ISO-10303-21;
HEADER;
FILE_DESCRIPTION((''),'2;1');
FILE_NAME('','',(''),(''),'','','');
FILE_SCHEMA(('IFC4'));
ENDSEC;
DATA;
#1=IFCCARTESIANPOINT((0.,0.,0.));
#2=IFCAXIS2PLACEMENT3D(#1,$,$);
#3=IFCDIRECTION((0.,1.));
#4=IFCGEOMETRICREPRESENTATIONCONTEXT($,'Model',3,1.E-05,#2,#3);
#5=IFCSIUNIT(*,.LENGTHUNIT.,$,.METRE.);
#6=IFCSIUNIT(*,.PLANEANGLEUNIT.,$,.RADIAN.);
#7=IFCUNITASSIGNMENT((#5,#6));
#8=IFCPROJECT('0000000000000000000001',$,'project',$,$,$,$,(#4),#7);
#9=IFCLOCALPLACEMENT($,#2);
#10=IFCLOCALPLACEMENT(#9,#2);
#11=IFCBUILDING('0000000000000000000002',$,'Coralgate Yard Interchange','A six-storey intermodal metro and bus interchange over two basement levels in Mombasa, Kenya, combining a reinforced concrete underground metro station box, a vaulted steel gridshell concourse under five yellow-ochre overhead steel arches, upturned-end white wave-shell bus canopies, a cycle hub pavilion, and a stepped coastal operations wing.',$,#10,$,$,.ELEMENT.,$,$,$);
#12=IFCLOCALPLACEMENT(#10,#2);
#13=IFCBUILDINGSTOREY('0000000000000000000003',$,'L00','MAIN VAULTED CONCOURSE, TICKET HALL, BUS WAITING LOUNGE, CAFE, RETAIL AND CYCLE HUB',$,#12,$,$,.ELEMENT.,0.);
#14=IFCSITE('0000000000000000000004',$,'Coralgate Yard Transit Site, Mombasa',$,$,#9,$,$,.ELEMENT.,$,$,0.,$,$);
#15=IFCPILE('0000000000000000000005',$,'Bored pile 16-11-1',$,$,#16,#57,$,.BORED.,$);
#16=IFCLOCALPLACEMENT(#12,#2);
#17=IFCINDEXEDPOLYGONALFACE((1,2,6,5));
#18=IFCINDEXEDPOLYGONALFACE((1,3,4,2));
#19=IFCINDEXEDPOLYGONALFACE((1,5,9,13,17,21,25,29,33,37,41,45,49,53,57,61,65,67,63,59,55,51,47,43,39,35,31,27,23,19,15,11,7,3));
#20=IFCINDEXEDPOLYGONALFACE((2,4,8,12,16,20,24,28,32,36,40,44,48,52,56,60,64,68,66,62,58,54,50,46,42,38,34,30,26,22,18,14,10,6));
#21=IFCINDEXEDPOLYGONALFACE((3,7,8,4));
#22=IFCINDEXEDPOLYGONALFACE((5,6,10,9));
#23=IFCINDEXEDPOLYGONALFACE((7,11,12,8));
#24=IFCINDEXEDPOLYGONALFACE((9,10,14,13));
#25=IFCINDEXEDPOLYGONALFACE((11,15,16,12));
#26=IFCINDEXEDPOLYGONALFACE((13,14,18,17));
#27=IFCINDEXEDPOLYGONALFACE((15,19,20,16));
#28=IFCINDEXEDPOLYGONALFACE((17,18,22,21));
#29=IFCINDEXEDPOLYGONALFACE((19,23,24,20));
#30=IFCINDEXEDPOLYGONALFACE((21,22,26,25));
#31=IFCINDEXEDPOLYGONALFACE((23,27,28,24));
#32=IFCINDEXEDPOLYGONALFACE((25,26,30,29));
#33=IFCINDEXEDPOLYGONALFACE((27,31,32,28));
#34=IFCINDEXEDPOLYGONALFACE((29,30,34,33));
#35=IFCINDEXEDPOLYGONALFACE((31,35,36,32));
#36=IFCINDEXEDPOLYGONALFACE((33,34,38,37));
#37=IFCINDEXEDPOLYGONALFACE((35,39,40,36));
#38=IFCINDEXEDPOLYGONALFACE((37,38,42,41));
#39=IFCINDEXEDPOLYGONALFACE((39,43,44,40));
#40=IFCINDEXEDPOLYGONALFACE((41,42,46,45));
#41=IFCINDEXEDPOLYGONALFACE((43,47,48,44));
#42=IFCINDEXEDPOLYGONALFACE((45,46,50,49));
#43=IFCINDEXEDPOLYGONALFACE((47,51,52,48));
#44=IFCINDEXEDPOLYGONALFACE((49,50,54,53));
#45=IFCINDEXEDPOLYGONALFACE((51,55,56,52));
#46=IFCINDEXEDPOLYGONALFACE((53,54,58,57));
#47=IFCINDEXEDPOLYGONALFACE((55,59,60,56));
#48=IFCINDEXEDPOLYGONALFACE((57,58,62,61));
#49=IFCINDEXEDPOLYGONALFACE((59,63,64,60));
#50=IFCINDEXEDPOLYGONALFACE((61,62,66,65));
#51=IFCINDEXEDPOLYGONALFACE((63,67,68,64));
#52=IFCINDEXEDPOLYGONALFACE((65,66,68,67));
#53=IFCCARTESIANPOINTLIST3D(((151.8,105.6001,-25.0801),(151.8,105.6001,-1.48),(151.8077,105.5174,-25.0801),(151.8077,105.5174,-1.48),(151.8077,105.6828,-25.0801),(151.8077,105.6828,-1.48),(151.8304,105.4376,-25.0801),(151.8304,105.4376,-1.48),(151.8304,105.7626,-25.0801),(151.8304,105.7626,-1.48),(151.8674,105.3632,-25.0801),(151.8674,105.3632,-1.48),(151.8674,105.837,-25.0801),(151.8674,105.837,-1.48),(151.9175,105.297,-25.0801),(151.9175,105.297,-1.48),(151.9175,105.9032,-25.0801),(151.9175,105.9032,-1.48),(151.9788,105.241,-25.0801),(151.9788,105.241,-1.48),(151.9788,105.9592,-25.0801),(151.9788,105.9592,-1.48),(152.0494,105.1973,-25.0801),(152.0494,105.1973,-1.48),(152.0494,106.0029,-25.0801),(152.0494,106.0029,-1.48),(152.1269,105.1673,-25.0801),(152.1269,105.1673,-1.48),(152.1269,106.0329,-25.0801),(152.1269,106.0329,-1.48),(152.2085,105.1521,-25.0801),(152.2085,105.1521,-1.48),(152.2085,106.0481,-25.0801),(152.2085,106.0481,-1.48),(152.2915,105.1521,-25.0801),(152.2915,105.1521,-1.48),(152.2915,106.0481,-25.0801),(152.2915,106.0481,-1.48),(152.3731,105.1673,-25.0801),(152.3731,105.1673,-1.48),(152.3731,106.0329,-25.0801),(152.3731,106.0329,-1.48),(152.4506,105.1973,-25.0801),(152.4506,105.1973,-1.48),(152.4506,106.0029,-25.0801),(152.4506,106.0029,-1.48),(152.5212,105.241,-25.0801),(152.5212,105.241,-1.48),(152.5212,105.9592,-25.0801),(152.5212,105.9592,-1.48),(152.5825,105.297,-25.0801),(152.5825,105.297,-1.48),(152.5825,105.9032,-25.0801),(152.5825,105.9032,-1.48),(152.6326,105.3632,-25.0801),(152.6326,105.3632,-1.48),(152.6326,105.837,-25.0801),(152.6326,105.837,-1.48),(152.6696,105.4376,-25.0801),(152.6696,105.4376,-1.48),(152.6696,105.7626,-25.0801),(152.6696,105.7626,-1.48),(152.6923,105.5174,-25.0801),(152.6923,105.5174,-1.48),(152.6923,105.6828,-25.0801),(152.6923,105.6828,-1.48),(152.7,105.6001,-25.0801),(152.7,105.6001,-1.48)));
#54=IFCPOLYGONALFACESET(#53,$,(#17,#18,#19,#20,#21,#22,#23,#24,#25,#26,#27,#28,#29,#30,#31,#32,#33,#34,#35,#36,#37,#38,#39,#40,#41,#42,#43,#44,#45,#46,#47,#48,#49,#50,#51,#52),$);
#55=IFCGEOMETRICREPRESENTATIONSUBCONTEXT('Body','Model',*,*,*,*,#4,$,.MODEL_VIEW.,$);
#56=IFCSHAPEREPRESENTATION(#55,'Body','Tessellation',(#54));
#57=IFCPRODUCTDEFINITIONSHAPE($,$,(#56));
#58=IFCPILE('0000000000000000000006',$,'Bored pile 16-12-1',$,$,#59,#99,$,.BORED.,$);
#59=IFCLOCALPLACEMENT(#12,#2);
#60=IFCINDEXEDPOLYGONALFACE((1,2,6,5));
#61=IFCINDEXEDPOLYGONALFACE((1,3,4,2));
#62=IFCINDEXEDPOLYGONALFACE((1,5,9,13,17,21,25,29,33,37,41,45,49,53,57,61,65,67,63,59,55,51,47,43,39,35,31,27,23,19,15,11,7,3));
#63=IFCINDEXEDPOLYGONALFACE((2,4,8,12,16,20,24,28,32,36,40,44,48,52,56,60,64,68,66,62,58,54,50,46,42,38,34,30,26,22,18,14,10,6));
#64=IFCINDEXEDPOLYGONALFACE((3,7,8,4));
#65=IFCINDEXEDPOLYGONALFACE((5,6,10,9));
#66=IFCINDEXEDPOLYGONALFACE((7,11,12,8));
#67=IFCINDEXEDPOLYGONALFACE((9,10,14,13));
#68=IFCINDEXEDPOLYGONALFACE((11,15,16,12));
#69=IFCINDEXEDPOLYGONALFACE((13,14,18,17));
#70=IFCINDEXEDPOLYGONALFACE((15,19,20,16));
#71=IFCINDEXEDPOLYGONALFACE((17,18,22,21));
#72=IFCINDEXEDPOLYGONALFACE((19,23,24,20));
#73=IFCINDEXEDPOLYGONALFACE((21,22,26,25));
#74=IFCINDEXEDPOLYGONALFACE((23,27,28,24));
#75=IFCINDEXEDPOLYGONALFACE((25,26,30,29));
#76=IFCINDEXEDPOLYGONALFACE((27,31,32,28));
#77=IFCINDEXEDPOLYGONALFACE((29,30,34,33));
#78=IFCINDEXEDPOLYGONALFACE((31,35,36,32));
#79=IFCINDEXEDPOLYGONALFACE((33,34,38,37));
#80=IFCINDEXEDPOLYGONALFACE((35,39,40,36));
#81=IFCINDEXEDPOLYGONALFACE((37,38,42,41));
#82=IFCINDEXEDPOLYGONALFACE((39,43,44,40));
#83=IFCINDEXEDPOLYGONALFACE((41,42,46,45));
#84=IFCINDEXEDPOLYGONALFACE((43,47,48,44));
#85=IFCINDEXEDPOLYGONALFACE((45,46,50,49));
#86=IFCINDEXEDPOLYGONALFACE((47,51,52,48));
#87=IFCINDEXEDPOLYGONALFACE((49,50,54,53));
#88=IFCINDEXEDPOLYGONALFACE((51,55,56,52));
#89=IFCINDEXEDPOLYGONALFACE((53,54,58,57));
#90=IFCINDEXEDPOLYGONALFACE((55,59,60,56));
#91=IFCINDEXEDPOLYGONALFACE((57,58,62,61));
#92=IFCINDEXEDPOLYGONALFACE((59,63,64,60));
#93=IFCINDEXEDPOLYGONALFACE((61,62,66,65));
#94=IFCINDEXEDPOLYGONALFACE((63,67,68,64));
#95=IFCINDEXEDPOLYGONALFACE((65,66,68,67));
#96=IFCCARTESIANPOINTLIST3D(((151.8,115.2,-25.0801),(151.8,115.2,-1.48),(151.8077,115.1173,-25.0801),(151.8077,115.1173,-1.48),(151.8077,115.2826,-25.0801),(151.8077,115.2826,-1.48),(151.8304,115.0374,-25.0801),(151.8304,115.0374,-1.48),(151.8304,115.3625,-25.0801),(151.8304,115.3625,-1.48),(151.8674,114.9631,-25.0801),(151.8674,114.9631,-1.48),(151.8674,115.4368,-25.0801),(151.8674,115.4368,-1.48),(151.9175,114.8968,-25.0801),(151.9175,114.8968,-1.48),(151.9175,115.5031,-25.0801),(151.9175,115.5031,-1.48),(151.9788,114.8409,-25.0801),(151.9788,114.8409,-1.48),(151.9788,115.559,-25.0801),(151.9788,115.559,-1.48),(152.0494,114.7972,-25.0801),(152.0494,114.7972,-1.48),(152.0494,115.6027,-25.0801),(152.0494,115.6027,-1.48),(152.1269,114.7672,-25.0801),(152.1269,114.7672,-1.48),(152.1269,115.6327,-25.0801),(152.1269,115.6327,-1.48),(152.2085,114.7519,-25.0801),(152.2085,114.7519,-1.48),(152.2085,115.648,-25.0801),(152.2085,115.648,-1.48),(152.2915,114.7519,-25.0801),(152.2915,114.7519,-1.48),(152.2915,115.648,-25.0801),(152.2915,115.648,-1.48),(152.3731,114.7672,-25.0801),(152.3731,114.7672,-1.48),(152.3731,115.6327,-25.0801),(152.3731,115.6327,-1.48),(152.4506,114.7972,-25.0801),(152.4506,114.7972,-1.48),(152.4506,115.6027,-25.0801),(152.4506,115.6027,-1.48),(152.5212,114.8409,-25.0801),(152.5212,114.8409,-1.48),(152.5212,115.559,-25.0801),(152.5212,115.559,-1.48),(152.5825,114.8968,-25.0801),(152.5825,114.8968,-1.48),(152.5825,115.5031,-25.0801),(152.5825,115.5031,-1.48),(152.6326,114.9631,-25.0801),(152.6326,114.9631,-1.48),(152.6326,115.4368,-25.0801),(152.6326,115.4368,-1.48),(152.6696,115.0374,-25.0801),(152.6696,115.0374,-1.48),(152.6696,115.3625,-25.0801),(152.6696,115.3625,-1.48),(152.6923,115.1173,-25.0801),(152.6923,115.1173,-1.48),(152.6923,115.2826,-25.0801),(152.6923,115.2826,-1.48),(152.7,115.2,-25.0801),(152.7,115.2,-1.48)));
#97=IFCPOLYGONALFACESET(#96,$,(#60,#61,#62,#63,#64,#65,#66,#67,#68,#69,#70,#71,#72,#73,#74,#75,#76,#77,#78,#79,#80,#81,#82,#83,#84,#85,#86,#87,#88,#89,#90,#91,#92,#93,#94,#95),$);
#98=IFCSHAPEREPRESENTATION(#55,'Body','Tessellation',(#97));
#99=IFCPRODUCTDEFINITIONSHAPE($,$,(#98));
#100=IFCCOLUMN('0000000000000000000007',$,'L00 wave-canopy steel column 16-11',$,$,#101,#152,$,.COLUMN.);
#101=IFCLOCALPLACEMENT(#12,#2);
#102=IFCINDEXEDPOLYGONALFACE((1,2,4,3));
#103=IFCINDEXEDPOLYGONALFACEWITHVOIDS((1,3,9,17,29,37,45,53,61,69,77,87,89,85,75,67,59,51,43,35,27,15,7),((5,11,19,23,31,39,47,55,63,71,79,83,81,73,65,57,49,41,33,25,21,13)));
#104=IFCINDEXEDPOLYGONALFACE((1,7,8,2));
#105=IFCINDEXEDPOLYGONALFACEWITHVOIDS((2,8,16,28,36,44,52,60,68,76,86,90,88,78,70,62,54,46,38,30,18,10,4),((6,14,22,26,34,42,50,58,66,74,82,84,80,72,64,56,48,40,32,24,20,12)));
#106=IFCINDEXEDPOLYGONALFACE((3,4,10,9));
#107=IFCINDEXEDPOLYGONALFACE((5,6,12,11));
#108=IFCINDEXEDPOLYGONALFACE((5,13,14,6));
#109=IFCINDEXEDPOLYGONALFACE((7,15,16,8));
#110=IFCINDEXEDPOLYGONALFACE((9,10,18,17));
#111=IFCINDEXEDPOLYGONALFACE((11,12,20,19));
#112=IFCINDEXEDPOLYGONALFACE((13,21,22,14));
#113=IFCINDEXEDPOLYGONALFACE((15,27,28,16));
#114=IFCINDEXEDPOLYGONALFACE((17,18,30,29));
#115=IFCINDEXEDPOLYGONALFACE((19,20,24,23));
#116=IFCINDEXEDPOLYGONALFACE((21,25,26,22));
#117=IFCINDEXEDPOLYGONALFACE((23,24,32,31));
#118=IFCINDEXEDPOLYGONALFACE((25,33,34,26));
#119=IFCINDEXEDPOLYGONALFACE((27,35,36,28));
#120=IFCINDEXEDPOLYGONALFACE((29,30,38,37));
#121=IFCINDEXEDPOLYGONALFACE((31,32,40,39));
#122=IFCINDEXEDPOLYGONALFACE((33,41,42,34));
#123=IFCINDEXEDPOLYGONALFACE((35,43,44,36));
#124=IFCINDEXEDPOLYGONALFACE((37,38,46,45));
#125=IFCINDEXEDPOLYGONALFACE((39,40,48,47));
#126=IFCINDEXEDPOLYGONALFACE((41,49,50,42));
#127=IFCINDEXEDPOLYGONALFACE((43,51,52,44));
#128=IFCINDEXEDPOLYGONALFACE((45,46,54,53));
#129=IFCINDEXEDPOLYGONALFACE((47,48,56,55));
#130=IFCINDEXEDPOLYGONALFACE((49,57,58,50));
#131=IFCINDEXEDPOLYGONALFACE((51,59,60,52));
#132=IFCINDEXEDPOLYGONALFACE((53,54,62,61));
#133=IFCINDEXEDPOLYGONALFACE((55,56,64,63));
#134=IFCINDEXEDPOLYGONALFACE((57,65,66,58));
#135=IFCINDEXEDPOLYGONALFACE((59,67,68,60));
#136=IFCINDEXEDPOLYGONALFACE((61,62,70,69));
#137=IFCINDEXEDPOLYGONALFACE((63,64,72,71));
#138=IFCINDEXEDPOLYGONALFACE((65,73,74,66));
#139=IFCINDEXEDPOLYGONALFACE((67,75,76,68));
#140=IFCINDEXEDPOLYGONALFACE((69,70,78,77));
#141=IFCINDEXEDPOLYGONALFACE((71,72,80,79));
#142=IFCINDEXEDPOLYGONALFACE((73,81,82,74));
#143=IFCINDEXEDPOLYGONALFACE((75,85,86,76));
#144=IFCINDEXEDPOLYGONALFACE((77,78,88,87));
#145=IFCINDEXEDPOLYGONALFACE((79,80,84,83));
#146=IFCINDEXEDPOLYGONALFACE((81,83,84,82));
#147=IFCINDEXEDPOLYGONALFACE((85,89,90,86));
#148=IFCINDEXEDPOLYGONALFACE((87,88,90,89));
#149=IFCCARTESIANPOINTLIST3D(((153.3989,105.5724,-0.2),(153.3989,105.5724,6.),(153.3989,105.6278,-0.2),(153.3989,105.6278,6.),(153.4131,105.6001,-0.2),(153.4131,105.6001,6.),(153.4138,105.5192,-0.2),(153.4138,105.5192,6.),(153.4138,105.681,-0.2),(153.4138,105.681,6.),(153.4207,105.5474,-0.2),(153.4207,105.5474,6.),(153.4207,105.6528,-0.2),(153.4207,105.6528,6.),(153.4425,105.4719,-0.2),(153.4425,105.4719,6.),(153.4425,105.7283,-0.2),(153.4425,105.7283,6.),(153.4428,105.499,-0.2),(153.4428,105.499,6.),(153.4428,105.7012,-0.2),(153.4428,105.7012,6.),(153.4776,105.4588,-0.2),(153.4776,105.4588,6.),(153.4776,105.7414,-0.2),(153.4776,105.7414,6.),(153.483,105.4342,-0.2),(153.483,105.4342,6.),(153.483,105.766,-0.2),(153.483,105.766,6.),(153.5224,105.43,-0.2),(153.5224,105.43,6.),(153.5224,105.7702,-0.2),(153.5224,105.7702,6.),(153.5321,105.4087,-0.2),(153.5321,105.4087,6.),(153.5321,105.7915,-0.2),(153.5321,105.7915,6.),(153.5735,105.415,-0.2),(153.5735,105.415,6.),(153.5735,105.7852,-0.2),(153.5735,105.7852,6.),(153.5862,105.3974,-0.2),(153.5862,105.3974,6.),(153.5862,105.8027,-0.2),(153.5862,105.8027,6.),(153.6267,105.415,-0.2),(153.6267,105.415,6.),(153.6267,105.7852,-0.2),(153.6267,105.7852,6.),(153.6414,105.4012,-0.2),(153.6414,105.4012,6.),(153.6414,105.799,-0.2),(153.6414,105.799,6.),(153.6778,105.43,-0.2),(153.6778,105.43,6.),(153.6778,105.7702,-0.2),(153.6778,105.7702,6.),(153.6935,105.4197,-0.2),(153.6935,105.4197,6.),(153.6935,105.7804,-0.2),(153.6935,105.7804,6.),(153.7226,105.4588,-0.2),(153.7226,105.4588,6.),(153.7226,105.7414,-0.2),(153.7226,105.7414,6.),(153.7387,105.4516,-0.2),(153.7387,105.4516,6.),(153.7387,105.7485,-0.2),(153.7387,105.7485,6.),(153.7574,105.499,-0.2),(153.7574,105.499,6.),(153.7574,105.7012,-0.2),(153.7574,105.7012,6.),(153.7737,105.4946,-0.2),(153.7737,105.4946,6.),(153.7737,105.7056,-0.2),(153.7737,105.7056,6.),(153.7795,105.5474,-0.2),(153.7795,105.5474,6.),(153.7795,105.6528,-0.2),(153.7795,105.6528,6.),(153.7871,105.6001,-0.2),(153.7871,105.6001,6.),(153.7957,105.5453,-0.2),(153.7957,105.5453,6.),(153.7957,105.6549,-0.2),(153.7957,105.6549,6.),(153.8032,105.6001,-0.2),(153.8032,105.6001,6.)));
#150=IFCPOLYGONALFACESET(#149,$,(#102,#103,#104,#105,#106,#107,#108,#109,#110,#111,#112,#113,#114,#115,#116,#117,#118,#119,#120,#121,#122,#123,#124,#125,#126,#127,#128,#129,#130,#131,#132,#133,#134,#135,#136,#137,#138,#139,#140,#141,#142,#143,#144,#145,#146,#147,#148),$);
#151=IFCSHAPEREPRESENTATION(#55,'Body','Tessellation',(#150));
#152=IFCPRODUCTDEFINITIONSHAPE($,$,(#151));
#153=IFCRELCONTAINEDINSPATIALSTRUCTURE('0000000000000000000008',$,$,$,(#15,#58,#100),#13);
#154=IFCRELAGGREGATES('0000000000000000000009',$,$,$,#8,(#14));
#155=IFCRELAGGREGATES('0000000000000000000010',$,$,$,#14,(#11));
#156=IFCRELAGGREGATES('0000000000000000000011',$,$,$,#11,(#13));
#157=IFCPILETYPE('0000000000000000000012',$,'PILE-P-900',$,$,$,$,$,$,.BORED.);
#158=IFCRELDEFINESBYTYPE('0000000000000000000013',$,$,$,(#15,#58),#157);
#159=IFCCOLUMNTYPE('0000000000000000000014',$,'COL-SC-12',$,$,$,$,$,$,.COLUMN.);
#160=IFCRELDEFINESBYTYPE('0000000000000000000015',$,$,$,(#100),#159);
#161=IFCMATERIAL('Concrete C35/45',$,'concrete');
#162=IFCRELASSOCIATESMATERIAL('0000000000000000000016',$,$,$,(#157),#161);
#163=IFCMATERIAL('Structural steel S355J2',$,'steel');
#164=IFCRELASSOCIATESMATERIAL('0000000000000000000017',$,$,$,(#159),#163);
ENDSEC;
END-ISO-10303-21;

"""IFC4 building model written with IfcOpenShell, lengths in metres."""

from ifc_helpers import new_model, si_unit, direction, frame, origin, origin_2d, place, context, subcontext, project, spatial, circle, hollow_circle, extrude, material, material_profile, profile_set, type_object, element, save


model = new_model("IFC4")

# Units and contexts
model_context = context("Model", 3, precision=1e-05, world=origin(), true_north=direction((0.0, 1.0)))
body_context = subcontext(model_context, "Body", "Model", "MODEL_VIEW")
ifc_project = project(units=[si_unit("LENGTHUNIT", "METRE"), si_unit("PLANEANGLEUNIT", "RADIAN")], contexts=[model_context])

# Site, building, storey
site_placement = place(None, origin())
site = spatial("IfcSite", under=ifc_project, at=site_placement, Name="Coralgate Yard Transit Site, Mombasa", CompositionType="ELEMENT", RefElevation=0.0)
building_placement = place(site_placement, origin())
building = spatial("IfcBuilding", under=site, at=building_placement, Name="Coralgate Yard Interchange", Description="A six-storey intermodal metro and bus interchange over two basement levels in Mombasa, Kenya, combining a reinforced concrete underground metro station box, a vaulted steel gridshell concourse under five yellow-ochre overhead steel arches, upturned-end white wave-shell bus canopies, a cycle hub pavilion, and a stepped coastal operations wing.", CompositionType="ELEMENT")
storey_placement = place(building_placement, origin())
storey = spatial("IfcBuildingStorey", under=building, at=storey_placement, Name="L00", Description="MAIN VAULTED CONCOURSE, TICKET HALL, BUS WAITING LOUNGE, CAFE, RETAIL AND CYCLE HUB", CompositionType="ELEMENT", Elevation=0.0)

# Piles
ifc_material_1 = material(Name="Concrete C35/45", Category="concrete")
ifc_material_profile_1 = material_profile(ifc_material_1, circle(Radius=0.45, at=origin_2d()), Name="BORED PILE D900")
ifc_profile_set_1 = profile_set([ifc_material_profile_1], Name="Concrete C35/45")
pile_type = type_object("IfcPileType", Name="PILE-P-900", PredefinedType="BORED", material=ifc_profile_set_1)
for number, where, z_axis, x_axis, name in (
    (1, (152.25, 105.6001, -1.48), (0.0, 0.0, -1.0), (1.0, 0.0, 0.0), "Bored pile 16-11-1"),
    (2, (152.25, 115.2, -1.48), (0.0, 0.0, -1.0), (1.0, 0.0, 0.0), "Bored pile 16-12-1"),
):
    element("IfcPile", number, at=place(storey_placement, frame(where, z_axis=z_axis, x_axis=x_axis)), inside=storey, type_object=pile_type, Name=name, PredefinedType="BORED", context=body_context, shape_type="SweptSolid", body=[
        extrude(circle(Radius=0.45, at=origin_2d()), origin(), (0.0, 0.0, 1.0), 23.6001),
    ])

# Column
ifc_material_2 = material(Name="Structural steel S355J2", Category="steel")
ifc_material_profile_2 = material_profile(ifc_material_2, hollow_circle(Radius=0.2031, WallThickness=0.0161, at=origin_2d()), Name="CHS 406.4x16")
ifc_profile_set_2 = profile_set([ifc_material_profile_2], Name="Structural steel S355J2")
column_type_1 = type_object("IfcColumnType", Name="COL-SC-12", PredefinedType="COLUMN", material=ifc_profile_set_2)
column_1_placement = place(storey_placement, frame((153.6001, 105.6001, -0.2), z_axis=(0.0, 0.0, 1.0), x_axis=(1.0, 0.0, 0.0)))
element("IfcColumn", 3, at=column_1_placement, inside=storey, type_object=column_type_1, Name="L00 wave-canopy steel column 16-11", PredefinedType="COLUMN", context=body_context, shape_type="SweptSolid", body=[
    extrude(hollow_circle(Radius=0.2031, WallThickness=0.0161, at=origin_2d()), origin(), (0.0, 0.0, 1.0), 6.2),
])

save(model, "model.ifc")
